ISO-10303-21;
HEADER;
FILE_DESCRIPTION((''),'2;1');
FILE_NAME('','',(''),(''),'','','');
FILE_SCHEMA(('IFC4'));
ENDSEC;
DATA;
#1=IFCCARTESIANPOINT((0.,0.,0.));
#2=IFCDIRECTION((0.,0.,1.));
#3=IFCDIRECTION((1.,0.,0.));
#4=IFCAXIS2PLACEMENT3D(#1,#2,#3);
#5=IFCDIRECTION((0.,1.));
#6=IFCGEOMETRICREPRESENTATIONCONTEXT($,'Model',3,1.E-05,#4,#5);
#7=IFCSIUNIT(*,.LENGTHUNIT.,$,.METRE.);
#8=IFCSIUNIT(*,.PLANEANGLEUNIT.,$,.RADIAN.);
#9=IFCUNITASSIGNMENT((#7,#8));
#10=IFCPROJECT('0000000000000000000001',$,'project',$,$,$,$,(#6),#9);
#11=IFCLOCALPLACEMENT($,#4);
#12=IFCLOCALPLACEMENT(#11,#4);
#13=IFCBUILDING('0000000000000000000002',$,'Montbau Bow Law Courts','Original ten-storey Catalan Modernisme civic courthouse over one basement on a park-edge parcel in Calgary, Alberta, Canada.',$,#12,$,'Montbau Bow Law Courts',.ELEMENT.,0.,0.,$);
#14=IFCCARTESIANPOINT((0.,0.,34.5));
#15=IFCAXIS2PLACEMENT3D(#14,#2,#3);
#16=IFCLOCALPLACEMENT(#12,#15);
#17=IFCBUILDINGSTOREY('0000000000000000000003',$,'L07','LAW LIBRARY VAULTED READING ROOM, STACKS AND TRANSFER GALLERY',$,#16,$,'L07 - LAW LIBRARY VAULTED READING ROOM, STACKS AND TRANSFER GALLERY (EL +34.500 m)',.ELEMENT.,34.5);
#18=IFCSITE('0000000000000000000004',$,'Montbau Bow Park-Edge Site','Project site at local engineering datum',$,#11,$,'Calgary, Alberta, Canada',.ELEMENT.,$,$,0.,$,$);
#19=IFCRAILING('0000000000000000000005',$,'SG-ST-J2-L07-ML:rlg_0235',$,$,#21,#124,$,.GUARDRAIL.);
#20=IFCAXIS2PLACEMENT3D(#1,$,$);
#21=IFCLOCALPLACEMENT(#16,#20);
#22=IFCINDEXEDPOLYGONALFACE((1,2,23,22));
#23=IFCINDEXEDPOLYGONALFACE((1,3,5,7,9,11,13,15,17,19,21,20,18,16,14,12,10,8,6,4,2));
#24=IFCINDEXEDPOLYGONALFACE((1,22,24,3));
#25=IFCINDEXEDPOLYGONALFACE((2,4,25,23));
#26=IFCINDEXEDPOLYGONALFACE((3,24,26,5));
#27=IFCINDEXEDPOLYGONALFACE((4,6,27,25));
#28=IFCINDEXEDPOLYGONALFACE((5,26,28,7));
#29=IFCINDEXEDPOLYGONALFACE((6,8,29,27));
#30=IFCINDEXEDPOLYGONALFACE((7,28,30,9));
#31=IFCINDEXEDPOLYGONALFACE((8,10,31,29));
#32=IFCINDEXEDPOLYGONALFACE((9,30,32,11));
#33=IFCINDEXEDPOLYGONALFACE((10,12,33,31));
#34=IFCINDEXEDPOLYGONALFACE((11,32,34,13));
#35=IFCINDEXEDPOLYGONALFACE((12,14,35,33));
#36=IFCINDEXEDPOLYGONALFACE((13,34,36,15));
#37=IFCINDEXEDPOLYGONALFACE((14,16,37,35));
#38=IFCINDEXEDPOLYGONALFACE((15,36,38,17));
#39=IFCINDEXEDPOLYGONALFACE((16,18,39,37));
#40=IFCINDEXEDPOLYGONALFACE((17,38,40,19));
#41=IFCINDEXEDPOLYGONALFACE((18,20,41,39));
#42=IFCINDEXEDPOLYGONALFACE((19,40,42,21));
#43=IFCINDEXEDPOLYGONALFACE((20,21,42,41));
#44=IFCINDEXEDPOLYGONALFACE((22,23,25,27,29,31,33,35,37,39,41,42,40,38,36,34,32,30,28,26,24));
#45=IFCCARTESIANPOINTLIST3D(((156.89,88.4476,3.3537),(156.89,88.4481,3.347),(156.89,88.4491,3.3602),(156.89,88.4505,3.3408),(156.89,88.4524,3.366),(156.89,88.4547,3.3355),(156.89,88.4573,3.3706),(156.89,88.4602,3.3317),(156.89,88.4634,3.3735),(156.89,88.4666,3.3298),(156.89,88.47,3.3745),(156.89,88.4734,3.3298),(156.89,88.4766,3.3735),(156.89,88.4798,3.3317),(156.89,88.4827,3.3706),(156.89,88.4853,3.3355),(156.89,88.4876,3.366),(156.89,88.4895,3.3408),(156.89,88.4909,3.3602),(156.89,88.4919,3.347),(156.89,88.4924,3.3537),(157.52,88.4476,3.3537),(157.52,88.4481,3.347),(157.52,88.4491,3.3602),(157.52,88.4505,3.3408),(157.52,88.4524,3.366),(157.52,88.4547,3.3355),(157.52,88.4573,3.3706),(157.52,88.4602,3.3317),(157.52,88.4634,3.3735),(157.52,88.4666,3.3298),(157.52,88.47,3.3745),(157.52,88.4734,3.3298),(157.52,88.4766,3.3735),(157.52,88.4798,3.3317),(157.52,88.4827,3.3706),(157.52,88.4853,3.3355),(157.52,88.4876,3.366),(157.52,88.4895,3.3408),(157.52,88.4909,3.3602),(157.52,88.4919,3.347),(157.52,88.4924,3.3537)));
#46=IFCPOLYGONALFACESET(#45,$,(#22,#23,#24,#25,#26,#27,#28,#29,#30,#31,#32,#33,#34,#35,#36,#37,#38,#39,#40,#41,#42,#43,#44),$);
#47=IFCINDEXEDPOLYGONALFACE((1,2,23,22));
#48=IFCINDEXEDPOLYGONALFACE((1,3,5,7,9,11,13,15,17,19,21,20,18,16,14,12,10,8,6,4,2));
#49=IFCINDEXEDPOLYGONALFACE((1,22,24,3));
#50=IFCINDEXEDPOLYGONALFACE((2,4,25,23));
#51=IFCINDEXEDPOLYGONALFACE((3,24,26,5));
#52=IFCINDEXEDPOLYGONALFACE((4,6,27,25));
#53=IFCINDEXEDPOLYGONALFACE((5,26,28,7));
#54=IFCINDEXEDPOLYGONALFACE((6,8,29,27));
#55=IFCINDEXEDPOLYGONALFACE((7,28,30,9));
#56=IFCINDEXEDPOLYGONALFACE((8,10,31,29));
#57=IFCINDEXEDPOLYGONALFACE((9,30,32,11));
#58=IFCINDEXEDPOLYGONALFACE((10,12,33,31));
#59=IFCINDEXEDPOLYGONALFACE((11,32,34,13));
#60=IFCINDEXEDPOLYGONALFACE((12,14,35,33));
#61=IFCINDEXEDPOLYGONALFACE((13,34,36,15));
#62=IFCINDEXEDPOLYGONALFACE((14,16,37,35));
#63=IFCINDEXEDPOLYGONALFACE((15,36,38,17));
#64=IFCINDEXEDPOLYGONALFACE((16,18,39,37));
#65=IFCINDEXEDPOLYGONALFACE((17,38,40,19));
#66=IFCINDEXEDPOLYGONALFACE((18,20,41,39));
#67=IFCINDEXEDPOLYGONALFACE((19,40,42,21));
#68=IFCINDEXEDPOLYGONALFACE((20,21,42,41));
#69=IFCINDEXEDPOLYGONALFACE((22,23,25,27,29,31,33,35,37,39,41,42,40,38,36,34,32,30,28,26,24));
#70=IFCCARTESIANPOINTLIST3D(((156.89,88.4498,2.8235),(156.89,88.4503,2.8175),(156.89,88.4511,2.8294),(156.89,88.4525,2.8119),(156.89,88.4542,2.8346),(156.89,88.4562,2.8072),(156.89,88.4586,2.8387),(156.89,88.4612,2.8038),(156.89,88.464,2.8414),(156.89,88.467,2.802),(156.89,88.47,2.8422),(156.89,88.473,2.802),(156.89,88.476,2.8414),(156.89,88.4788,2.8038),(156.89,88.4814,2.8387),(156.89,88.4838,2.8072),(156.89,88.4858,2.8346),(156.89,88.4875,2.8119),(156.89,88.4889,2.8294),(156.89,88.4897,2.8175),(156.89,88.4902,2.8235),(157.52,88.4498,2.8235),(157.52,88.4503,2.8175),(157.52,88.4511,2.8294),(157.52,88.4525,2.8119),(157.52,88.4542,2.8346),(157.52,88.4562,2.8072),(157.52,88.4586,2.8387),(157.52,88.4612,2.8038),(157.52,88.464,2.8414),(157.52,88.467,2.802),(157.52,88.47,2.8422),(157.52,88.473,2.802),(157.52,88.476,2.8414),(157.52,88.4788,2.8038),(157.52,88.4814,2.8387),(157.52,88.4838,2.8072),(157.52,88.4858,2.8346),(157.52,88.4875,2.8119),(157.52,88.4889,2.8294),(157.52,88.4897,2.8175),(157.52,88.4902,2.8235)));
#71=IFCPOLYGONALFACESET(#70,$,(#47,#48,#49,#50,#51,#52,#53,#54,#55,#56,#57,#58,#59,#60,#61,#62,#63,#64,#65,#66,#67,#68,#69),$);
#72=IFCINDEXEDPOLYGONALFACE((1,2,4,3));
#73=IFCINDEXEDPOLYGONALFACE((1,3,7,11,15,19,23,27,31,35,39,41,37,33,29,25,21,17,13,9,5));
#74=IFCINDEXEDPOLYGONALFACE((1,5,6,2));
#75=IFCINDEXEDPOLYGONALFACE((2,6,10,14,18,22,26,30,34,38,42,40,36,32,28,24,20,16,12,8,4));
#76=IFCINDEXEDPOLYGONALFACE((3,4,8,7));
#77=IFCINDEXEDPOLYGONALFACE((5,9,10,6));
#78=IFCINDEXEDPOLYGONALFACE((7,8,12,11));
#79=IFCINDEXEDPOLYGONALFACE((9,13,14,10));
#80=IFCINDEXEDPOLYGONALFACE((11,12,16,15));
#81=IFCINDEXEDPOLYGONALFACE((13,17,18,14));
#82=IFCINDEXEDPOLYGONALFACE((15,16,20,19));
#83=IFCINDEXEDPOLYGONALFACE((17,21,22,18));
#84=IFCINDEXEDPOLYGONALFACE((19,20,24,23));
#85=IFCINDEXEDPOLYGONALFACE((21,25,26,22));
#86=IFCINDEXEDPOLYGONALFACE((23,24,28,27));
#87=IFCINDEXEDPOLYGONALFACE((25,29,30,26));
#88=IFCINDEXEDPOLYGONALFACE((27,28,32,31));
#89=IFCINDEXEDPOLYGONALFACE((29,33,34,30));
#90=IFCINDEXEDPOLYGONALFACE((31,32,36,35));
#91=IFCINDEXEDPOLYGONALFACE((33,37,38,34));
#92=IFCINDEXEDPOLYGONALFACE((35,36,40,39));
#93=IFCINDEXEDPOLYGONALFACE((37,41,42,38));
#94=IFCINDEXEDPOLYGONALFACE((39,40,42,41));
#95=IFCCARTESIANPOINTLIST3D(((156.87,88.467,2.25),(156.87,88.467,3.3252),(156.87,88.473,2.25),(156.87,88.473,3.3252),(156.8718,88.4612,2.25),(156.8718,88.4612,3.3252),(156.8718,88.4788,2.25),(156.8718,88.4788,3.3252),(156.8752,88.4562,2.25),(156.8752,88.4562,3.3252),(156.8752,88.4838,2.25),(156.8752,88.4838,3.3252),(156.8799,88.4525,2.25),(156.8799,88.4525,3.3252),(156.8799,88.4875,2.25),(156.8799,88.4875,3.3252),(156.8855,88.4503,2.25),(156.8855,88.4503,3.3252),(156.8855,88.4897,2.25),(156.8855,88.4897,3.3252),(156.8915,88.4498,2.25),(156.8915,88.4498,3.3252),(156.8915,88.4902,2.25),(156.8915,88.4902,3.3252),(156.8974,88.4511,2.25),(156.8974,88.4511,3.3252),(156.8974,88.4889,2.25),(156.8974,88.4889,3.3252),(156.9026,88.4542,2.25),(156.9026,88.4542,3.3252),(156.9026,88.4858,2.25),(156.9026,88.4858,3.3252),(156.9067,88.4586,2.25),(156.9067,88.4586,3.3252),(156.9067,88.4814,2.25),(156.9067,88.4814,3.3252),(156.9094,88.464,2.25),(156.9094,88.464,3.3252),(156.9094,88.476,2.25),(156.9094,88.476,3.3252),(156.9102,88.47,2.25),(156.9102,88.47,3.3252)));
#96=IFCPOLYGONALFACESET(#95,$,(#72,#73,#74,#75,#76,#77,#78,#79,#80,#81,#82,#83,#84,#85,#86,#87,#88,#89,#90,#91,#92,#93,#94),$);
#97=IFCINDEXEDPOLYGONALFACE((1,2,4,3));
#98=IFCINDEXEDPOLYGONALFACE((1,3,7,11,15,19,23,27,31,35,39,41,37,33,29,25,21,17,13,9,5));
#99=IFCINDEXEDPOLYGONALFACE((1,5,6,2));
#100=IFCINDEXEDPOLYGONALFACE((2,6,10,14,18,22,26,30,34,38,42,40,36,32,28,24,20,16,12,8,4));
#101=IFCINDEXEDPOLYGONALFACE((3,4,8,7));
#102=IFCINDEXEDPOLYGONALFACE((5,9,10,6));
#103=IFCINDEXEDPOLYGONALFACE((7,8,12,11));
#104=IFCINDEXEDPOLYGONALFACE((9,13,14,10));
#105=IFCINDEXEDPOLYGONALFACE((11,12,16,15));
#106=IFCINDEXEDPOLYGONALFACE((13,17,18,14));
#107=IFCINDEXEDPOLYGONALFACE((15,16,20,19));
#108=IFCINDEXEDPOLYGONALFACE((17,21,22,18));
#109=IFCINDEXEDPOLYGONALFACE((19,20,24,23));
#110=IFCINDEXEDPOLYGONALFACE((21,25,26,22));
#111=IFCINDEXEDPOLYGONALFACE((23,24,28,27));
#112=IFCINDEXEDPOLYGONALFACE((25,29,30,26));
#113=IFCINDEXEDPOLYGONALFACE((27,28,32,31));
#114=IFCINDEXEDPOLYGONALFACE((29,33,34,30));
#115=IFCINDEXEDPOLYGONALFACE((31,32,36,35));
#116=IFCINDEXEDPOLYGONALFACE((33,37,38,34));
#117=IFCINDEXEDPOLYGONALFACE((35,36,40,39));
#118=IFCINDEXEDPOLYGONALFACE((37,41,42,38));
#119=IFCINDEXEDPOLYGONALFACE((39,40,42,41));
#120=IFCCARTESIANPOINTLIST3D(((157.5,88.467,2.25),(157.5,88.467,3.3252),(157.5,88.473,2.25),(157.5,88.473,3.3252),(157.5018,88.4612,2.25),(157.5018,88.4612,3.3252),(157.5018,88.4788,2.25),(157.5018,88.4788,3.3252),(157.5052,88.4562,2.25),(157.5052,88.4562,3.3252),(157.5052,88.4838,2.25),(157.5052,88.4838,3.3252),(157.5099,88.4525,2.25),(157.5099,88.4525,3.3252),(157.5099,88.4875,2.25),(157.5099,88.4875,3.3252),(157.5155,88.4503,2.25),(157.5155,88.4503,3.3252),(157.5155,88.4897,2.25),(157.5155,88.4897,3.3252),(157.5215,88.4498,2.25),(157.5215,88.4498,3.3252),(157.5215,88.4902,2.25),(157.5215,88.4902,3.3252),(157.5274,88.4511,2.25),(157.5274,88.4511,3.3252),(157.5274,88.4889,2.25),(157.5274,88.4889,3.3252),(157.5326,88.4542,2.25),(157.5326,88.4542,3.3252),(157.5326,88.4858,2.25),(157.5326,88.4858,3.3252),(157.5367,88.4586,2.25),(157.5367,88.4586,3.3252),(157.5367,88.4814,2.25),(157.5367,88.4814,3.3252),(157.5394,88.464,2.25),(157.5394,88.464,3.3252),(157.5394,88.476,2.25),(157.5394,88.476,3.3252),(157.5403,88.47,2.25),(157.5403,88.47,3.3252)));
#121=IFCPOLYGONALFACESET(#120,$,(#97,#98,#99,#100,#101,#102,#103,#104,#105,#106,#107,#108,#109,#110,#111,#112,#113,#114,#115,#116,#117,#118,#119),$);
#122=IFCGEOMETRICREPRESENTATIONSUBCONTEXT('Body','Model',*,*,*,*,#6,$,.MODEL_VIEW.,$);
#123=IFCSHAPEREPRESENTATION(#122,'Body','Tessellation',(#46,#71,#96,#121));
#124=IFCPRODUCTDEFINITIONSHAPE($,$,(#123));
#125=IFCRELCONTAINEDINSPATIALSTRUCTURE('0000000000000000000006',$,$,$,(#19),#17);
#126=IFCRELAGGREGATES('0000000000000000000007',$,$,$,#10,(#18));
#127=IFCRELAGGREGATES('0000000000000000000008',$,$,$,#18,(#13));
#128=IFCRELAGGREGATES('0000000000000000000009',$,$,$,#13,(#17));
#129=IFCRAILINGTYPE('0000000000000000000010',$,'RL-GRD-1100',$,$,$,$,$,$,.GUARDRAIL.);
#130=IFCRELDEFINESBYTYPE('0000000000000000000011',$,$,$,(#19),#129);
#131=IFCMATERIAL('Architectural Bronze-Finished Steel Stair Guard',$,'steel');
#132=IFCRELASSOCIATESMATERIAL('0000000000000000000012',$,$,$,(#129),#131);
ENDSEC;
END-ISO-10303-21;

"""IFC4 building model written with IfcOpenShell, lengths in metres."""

from ifc_helpers import new_model, si_unit, direction, frame, origin_with_axes, origin_2d_with_axis, place, context, subcontext, project, spatial, circle, extrude, material, type_object, element, save


model = new_model("IFC4")

# Units and contexts
model_context = context("Model", 3, precision=1e-05, world=origin_with_axes(), true_north=direction((0.0, 1.0)))
body_context = subcontext(model_context, "Body", "Model", "MODEL_VIEW")
ifc_project = project(units=[si_unit("LENGTHUNIT", "METRE"), si_unit("PLANEANGLEUNIT", "RADIAN")], contexts=[model_context])

# Site, building, storey
site_placement = place(None, origin_with_axes())
site = spatial("IfcSite", under=ifc_project, at=site_placement, Name="Montbau Bow Park-Edge Site", Description="Project site at local engineering datum", LongName="Calgary, Alberta, Canada", CompositionType="ELEMENT", RefElevation=0.0)
building_placement = place(site_placement, origin_with_axes())
building = spatial("IfcBuilding", under=site, at=building_placement, Name="Montbau Bow Law Courts", Description="Original ten-storey Catalan Modernisme civic courthouse over one basement on a park-edge parcel in Calgary, Alberta, Canada.", LongName="Montbau Bow Law Courts", CompositionType="ELEMENT", ElevationOfRefHeight=0.0, ElevationOfTerrain=0.0)
storey_placement = place(building_placement, frame((0.0, 0.0, 34.5), z_axis=(0.0, 0.0, 1.0), x_axis=(1.0, 0.0, 0.0)))
storey = spatial("IfcBuildingStorey", under=building, at=storey_placement, Name="L07", Description="LAW LIBRARY VAULTED READING ROOM, STACKS AND TRANSFER GALLERY", LongName="L07 - LAW LIBRARY VAULTED READING ROOM, STACKS AND TRANSFER GALLERY (EL +34.500 m)", CompositionType="ELEMENT", Elevation=34.5)

# Railing
ifc_material_1 = material(Name="Architectural Bronze-Finished Steel Stair Guard", Category="steel")
railing_type_1 = type_object("IfcRailingType", Name="RL-GRD-1100", PredefinedType="GUARDRAIL", material=ifc_material_1)
railing_1_placement = place(None, origin_with_axes())
element("IfcRailing", 1, at=railing_1_placement, inside=storey, type_object=railing_type_1, Name="SG-ST-J2-L07-ML:rlg_0235", PredefinedType="GUARDRAIL", context=body_context, shape_type="SweptSolid", body=[
    extrude(circle(Radius=0.0225, at=origin_2d_with_axis()), frame((156.89, 88.47, 37.852), z_axis=(1.0, 0.0, 0.0), x_axis=(0.0, 0.0, 1.0)), (0.0, 0.0, 1.0), 0.63),
    extrude(circle(Radius=0.0203, at=origin_2d_with_axis()), frame((156.89, 88.47, 37.322), z_axis=(1.0, 0.0, 0.0), x_axis=(0.0, 0.0, 1.0)), (0.0, 0.0, 1.0), 0.63),
    extrude(circle(Radius=0.0203, at=origin_2d_with_axis()), frame((156.89, 88.47, 36.75), z_axis=(0.0, 0.0, 1.0), x_axis=(1.0, 0.0, 0.0)), (0.0, 0.0, 1.0), 1.0753),
    extrude(circle(Radius=0.0203, at=origin_2d_with_axis()), frame((157.52, 88.47, 36.75), z_axis=(0.0, 0.0, 1.0), x_axis=(1.0, 0.0, 0.0)), (0.0, 0.0, 1.0), 1.0753),
])

save(model, "model.ifc")
